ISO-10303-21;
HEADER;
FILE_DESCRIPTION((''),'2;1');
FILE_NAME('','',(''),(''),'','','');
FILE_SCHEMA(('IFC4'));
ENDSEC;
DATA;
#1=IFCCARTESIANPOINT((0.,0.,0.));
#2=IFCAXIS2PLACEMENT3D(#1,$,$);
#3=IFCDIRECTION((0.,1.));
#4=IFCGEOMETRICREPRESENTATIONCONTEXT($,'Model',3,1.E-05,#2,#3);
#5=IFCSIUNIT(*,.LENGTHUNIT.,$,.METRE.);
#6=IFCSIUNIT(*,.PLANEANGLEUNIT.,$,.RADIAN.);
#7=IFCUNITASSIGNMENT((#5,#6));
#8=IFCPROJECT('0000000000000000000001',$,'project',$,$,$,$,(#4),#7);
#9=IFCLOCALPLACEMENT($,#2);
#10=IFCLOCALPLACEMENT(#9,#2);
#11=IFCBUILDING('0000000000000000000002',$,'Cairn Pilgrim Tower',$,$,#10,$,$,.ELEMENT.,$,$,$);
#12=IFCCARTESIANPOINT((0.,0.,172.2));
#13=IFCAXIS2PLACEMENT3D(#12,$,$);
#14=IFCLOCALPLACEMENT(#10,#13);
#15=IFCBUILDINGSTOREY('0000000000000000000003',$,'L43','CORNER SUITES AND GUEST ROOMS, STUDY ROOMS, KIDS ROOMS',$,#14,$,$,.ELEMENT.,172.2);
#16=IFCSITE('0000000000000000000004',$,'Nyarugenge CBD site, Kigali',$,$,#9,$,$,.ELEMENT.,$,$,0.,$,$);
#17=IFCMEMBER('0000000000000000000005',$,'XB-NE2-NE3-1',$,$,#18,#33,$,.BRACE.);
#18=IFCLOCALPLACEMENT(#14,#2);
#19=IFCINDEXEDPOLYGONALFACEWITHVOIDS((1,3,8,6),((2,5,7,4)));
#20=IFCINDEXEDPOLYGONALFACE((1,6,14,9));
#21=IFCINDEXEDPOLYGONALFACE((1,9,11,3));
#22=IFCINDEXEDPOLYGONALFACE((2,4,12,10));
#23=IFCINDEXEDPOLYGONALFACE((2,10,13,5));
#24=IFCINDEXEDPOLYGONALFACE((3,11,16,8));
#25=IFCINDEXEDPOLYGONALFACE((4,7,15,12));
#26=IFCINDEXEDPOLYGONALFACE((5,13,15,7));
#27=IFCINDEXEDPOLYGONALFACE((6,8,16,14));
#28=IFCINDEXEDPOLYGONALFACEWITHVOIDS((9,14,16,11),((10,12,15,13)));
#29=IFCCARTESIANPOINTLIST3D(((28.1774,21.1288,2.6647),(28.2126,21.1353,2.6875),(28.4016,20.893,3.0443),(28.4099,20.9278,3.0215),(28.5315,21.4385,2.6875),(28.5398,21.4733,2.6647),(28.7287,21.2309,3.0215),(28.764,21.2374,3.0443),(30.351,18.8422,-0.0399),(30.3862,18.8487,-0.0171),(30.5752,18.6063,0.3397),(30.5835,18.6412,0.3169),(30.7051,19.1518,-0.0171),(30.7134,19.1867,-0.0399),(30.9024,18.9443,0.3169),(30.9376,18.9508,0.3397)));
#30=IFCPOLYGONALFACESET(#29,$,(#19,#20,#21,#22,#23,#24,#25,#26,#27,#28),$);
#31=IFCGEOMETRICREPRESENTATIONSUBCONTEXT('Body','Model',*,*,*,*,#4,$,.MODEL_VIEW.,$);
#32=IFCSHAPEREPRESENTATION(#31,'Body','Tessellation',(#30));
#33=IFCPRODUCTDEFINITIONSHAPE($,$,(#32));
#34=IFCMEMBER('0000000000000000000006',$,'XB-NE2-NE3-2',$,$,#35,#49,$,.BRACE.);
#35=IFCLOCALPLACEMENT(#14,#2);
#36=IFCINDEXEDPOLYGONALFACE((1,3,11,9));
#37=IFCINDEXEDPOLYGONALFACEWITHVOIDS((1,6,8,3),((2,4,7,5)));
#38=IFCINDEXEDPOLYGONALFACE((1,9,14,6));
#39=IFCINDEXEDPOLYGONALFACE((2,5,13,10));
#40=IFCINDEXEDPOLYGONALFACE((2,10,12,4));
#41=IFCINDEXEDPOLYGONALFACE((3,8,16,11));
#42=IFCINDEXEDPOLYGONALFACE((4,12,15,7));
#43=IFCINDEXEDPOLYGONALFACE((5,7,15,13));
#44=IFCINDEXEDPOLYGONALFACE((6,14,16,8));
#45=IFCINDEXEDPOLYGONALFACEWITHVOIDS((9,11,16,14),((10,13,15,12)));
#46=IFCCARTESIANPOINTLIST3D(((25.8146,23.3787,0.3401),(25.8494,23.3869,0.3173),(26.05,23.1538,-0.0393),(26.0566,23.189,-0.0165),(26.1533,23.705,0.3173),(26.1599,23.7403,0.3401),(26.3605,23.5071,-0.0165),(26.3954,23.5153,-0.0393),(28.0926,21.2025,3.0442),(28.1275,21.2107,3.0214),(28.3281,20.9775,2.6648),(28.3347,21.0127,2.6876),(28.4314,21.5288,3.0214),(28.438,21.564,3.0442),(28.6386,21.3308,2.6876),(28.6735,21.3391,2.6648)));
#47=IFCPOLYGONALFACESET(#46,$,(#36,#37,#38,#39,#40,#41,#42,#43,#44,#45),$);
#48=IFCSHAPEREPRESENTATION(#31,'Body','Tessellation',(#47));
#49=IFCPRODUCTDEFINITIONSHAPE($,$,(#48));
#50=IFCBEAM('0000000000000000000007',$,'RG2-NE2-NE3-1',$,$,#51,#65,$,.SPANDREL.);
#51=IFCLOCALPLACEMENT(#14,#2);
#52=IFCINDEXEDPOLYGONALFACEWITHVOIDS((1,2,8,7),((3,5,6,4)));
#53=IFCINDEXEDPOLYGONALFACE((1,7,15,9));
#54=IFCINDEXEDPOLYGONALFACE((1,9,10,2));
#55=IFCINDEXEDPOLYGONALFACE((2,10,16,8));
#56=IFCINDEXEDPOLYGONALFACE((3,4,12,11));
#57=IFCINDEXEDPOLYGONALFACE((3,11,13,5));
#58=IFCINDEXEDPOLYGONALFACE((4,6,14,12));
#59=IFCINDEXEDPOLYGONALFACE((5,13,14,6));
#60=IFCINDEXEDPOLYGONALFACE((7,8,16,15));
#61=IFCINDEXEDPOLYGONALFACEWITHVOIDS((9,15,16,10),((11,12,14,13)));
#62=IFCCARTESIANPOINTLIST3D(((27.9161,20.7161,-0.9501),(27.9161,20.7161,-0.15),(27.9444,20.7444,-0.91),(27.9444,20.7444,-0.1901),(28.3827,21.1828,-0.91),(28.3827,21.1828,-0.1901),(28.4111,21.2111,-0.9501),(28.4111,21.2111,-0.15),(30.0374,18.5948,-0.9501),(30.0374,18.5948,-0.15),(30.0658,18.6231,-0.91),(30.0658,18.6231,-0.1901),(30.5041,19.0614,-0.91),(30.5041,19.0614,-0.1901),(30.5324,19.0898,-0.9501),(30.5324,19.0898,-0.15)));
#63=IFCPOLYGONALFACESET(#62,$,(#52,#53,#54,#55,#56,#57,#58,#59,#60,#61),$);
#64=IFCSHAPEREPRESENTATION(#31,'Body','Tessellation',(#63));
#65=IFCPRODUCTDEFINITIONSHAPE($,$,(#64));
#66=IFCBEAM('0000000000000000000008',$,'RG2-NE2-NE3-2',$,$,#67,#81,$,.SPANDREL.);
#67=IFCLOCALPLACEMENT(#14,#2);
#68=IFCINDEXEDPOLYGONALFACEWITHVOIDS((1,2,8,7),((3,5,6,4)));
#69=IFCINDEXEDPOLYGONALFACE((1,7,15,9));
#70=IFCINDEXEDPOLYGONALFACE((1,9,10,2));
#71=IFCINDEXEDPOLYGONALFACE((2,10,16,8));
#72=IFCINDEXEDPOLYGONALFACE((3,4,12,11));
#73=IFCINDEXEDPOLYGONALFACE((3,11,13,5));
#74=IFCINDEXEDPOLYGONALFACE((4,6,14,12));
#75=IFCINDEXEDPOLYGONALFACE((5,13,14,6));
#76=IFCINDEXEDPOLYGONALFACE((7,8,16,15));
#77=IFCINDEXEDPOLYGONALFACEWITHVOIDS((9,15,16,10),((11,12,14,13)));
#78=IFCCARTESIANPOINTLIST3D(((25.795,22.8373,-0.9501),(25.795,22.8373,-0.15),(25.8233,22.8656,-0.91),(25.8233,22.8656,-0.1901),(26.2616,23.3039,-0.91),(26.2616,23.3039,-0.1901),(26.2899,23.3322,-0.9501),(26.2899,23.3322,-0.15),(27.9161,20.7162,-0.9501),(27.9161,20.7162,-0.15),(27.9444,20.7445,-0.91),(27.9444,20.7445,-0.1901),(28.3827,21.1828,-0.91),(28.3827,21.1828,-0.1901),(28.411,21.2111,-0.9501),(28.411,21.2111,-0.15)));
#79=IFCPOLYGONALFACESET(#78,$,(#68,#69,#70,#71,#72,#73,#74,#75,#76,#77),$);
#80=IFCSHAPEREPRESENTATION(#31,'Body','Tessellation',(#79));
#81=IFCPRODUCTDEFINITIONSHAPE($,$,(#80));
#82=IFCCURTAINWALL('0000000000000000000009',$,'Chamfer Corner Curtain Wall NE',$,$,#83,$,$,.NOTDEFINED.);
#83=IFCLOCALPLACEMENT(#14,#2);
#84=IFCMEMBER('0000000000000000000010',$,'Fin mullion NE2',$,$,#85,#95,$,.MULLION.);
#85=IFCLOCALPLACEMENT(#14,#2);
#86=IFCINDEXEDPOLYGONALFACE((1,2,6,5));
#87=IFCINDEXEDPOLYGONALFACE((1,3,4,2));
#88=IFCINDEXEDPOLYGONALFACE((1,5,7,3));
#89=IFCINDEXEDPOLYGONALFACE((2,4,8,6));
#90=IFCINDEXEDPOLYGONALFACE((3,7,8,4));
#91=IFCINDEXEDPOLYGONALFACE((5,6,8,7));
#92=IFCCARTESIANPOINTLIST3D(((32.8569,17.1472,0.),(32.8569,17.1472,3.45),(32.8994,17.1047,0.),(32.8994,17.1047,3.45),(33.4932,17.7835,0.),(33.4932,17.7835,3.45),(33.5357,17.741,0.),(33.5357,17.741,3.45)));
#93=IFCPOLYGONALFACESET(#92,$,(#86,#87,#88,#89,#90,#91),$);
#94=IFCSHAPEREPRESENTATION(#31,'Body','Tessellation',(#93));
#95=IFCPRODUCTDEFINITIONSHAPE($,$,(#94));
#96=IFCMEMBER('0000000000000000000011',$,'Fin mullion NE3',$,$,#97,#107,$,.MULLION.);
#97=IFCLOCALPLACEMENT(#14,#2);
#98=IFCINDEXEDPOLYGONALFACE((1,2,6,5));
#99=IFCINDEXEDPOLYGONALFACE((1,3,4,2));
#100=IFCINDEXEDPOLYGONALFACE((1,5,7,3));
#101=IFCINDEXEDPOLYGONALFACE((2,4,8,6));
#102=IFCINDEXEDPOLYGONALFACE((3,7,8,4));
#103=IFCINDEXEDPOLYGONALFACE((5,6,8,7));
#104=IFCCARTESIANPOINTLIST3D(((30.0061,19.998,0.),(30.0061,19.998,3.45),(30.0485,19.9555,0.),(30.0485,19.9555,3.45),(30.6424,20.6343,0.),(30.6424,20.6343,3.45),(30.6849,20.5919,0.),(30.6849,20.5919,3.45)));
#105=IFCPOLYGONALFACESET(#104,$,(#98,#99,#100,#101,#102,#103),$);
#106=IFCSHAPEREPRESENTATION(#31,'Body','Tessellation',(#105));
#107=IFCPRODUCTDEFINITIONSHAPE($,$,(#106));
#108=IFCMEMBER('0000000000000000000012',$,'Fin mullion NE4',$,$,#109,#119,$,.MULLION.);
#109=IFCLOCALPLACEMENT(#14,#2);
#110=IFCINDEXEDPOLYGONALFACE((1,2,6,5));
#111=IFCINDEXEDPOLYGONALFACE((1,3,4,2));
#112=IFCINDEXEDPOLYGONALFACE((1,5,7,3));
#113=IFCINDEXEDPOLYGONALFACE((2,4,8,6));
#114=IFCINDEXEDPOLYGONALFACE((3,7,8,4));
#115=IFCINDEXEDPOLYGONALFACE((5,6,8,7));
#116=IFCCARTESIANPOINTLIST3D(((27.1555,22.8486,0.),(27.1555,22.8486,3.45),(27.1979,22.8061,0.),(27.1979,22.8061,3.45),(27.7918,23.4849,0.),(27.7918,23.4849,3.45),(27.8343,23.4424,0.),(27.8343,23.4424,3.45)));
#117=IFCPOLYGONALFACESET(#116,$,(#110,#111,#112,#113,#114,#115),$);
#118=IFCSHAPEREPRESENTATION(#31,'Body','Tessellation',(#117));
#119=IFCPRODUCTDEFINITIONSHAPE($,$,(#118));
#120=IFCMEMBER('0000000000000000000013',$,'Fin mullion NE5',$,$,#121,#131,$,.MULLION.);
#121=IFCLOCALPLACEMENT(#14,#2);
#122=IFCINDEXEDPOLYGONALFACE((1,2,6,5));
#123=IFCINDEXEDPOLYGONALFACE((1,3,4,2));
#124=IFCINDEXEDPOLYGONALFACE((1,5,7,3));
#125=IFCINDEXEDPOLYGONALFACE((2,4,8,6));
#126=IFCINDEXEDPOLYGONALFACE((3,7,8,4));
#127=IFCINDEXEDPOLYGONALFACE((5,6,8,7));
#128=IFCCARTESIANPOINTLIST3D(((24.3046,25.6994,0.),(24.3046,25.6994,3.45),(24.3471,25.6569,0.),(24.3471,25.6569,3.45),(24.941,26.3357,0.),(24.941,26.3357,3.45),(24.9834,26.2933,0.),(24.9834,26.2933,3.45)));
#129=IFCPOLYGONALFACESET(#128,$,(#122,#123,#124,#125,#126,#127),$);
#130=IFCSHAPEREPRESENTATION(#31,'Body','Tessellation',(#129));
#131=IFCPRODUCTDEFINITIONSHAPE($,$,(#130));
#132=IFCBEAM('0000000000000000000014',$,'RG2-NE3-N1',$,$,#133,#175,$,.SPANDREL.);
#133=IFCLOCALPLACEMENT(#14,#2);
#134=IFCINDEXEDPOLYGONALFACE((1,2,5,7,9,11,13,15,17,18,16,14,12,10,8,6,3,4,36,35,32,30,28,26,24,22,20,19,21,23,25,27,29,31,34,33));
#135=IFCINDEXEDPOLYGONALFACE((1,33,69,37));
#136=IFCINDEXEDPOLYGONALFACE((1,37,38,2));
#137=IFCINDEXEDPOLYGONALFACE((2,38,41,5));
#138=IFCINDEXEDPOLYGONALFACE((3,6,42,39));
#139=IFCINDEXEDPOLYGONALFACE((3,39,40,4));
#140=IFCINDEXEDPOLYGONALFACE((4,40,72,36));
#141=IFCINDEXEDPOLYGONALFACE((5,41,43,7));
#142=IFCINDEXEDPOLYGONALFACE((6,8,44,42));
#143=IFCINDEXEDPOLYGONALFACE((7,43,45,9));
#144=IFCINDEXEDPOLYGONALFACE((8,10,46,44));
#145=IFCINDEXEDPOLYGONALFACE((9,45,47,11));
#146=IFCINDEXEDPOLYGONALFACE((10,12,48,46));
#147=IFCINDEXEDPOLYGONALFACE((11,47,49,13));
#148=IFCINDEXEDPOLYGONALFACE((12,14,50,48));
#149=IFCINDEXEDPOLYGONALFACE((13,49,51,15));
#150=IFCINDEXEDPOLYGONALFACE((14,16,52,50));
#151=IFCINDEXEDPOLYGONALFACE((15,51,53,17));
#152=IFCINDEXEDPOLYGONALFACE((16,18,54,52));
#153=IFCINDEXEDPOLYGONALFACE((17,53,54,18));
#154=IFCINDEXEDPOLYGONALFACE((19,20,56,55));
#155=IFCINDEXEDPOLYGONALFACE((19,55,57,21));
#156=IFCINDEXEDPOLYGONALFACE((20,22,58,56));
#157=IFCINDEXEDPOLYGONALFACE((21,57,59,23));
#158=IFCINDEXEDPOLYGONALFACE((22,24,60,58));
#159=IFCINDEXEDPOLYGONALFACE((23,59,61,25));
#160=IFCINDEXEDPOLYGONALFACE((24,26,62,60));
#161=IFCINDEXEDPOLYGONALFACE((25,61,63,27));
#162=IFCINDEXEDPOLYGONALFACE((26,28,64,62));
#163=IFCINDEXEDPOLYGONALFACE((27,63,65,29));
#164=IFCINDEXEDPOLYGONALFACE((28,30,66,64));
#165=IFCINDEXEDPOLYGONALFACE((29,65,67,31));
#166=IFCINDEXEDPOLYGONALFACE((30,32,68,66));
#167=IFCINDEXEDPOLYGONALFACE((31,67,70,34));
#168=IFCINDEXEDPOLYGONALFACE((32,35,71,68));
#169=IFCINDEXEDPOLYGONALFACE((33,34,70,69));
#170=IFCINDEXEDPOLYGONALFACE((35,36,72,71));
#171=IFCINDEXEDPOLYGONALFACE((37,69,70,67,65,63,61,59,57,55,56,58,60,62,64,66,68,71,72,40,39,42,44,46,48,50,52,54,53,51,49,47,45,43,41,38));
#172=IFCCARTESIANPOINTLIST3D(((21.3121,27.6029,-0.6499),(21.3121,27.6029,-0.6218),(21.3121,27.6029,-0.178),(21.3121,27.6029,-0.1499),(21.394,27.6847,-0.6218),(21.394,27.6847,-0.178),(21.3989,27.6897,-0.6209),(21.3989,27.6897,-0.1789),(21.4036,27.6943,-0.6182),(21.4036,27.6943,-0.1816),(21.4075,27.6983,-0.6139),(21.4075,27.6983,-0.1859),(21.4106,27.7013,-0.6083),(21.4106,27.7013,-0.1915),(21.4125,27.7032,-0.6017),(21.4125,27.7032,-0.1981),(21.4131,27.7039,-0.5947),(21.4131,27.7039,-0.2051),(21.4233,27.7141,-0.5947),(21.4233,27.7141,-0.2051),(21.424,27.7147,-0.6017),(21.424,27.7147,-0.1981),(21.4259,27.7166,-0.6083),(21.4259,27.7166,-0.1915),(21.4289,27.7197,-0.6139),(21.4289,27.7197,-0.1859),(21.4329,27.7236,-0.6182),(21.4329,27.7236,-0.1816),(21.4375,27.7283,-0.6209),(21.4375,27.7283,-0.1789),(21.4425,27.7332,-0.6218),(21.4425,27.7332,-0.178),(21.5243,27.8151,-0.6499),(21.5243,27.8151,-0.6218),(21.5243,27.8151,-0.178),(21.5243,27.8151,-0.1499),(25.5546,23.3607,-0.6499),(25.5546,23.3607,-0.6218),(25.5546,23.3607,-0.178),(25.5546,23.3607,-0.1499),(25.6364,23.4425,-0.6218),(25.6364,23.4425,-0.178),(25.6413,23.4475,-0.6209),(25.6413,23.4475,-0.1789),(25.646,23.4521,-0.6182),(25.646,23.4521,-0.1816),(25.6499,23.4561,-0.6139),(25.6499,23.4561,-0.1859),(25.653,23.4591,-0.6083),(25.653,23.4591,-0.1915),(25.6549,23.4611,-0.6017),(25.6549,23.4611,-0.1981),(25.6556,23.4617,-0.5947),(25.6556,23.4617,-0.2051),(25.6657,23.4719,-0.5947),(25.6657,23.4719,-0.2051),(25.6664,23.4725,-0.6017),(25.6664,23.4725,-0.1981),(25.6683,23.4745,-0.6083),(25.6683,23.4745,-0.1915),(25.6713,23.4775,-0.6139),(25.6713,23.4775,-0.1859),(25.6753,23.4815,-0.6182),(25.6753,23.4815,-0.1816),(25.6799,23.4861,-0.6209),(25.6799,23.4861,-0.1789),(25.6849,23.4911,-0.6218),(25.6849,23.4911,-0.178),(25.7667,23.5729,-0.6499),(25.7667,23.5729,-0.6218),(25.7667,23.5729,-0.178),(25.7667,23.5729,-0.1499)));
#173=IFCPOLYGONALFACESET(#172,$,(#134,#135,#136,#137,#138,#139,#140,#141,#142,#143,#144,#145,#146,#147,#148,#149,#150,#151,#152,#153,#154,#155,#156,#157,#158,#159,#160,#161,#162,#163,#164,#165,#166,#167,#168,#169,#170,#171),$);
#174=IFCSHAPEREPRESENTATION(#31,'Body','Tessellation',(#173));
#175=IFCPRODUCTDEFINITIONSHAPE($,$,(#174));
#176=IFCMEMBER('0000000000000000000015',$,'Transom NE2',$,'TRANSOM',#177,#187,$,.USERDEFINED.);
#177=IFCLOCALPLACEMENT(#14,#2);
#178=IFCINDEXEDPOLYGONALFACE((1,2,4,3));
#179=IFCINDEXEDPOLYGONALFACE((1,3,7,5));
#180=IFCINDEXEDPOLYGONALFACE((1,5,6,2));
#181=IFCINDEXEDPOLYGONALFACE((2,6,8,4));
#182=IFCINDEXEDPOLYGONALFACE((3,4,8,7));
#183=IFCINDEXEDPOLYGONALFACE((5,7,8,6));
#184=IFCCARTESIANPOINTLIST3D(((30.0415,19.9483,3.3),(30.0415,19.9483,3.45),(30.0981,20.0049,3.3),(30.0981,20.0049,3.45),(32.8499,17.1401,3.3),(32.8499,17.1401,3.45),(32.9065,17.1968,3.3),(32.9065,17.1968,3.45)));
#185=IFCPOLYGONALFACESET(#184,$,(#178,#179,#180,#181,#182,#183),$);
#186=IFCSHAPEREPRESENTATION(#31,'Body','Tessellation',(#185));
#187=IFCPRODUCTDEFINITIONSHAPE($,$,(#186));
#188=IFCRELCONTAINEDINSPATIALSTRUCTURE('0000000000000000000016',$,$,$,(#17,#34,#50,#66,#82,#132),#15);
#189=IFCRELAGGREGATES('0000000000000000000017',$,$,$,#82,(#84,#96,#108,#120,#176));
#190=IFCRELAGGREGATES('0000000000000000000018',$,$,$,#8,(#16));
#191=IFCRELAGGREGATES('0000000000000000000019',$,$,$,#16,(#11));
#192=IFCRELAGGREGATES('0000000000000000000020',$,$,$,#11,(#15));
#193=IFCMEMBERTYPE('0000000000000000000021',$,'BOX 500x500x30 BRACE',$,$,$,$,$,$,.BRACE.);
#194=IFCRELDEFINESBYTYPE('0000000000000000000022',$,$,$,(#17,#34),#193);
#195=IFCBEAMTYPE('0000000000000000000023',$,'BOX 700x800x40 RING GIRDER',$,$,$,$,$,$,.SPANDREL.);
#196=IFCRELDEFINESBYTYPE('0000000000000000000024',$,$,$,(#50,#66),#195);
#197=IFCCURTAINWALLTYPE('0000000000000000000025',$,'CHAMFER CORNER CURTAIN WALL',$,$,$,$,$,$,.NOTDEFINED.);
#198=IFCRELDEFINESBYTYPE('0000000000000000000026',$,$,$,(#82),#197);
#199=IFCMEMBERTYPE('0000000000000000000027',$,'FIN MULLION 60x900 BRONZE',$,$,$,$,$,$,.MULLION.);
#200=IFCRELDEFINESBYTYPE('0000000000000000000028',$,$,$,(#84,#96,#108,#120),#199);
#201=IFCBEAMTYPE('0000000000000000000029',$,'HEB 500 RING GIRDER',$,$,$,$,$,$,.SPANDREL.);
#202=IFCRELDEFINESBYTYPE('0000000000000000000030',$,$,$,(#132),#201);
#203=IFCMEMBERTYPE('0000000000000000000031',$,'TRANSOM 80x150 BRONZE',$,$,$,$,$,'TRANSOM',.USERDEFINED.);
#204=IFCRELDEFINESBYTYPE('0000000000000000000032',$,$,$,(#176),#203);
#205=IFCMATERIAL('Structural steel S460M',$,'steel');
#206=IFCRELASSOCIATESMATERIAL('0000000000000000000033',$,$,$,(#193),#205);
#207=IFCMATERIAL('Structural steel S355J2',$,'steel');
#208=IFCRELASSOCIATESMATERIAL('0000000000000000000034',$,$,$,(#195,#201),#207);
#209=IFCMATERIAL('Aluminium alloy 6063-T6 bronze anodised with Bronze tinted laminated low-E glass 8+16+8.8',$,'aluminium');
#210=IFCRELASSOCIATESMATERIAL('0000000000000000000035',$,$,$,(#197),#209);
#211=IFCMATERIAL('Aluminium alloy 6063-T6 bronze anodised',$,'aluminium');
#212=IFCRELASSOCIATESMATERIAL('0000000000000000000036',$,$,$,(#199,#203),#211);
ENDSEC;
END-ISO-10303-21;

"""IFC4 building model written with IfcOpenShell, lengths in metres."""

from ifc_helpers import new_model, si_unit, direction, frame, origin, origin_2d, place, context, subcontext, project, spatial, rectangle, hollow_rectangle, i_section, extrude, material, material_profile, profile_set, type_object, element, aggregate, save


model = new_model("IFC4")

# Units and contexts
model_context = context("Model", 3, precision=1e-05, world=origin(), true_north=direction((0.0, 1.0)))
body_context = subcontext(model_context, "Body", "Model", "MODEL_VIEW")
ifc_project = project(units=[si_unit("LENGTHUNIT", "METRE"), si_unit("PLANEANGLEUNIT", "RADIAN")], contexts=[model_context])

# Site, building, storey
site_placement = place(None, origin())
site = spatial("IfcSite", under=ifc_project, at=site_placement, Name="Nyarugenge CBD site, Kigali", CompositionType="ELEMENT", RefElevation=0.0)
building_placement = place(site_placement, origin())
building = spatial("IfcBuilding", under=site, at=building_placement, Name="Cairn Pilgrim Tower", CompositionType="ELEMENT")
storey_placement = place(building_placement, frame((0.0, 0.0, 172.2)))
storey = spatial("IfcBuildingStorey", under=building, at=storey_placement, Name="L43", Description="CORNER SUITES AND GUEST ROOMS, STUDY ROOMS, KIDS ROOMS", CompositionType="ELEMENT", Elevation=172.2)

# Shared definitions
ifc_material_1 = material(Name="Structural steel S460M", Category="steel")

# Members
ifc_material_profile_1 = material_profile(ifc_material_1, hollow_rectangle(XDim=0.5, YDim=0.5, WallThickness=0.03, at=origin_2d()), Name="BOX 500x500x30")
ifc_profile_set_1 = profile_set([ifc_material_profile_1], Name="Structural steel S460M")
member_type_1 = type_object("IfcMemberType", Name="BOX 500x500x30 BRACE", PredefinedType="BRACE", material=ifc_profile_set_1)
member_1_placement = place(storey_placement, frame((30.6443, 18.8965, 0.1499), z_axis=(-0.523066, 0.550268, 0.650851), x_axis=(-0.724795, -0.688965, 0.0)))
element("IfcMember", 1, at=member_1_placement, inside=storey, type_object=member_type_1, Name="XB-NE2-NE3-1", PredefinedType="BRACE", context=body_context, shape_type="SweptSolid", body=[
    extrude(hollow_rectangle(XDim=0.5, YDim=0.5, WallThickness=0.03, at=origin_2d()), origin(), (0.0, 0.0, 1.0), 4.1555),
])
member_2_placement = place(storey_placement, frame((26.105, 23.447, 0.1504), z_axis=(0.548688, -0.524167, 0.651299), x_axis=(0.690765, 0.723079, 0.0)))
element("IfcMember", 2, at=member_2_placement, inside=storey, type_object=member_type_1, Name="XB-NE2-NE3-2", PredefinedType="BRACE", context=body_context, shape_type="SweptSolid", body=[
    extrude(hollow_rectangle(XDim=0.5, YDim=0.5, WallThickness=0.03, at=origin_2d()), origin(), (0.0, 0.0, 1.0), 4.1519),
])

# Beams
ifc_material_2 = material(Name="Structural steel S355J2", Category="steel")
ifc_material_profile_2 = material_profile(ifc_material_2, hollow_rectangle(XDim=0.7, YDim=0.8, WallThickness=0.04, at=origin_2d()), Name="BOX 700x800x40")
ifc_profile_set_2 = profile_set([ifc_material_profile_2], Name="Structural steel S355J2")
beam_type_1 = type_object("IfcBeamType", Name="BOX 700x800x40 RING GIRDER", PredefinedType="SPANDREL", material=ifc_profile_set_2)
beam_1_placement = place(storey_placement, frame((30.2849, 18.8423, -0.55), z_axis=(-0.707107, 0.707107, 0.0), x_axis=(-0.707107, -0.707107, 0.0)))
element("IfcBeam", 3, at=beam_1_placement, inside=storey, type_object=beam_type_1, Name="RG2-NE2-NE3-1", PredefinedType="SPANDREL", context=body_context, shape_type="SweptSolid", body=[
    extrude(hollow_rectangle(XDim=0.7, YDim=0.8, WallThickness=0.04, at=origin_2d()), origin(), (0.0, 0.0, 1.0), 3.0),
])
beam_2_placement = place(storey_placement, frame((28.1636, 20.9636, -0.55), z_axis=(-0.707107, 0.707107, 0.0), x_axis=(-0.707107, -0.707107, 0.0)))
element("IfcBeam", 4, at=beam_2_placement, inside=storey, type_object=beam_type_1, Name="RG2-NE2-NE3-2", PredefinedType="SPANDREL", context=body_context, shape_type="SweptSolid", body=[
    extrude(hollow_rectangle(XDim=0.7, YDim=0.8, WallThickness=0.04, at=origin_2d()), origin(), (0.0, 0.0, 1.0), 2.9998),
])

# Curtain wall, members
ifc_material_3 = material(Name="Aluminium alloy 6063-T6 bronze anodised with Bronze tinted laminated low-E glass 8+16+8.8", Category="aluminium")
curtain_wall_type = type_object("IfcCurtainWallType", Name="CHAMFER CORNER CURTAIN WALL", PredefinedType="NOTDEFINED", material=ifc_material_3)
curtain_wall_placement = place(storey_placement, origin())
curtain_wall = element("IfcCurtainWall", 5, at=curtain_wall_placement, inside=storey, type_object=curtain_wall_type, Name="Chamfer Corner Curtain Wall NE", PredefinedType="NOTDEFINED")
ifc_material_4 = material(Name="Aluminium alloy 6063-T6 bronze anodised", Category="aluminium")
ifc_material_profile_3 = material_profile(ifc_material_4, rectangle(XDim=0.8999, YDim=0.0601, at=origin_2d()), Name="FIN MULLION 60x900 BRONZE")
ifc_profile_set_3 = profile_set([ifc_material_profile_3], Name="Aluminium alloy 6063-T6 bronze anodised")
member_type_2 = type_object("IfcMemberType", Name="FIN MULLION 60x900 BRONZE", PredefinedType="MULLION", material=ifc_profile_set_3)
member_3_placement = place(storey_placement, frame((33.1963, 17.4441, 0.0), z_axis=(0.0, 0.0, 1.0), x_axis=(0.707107, 0.707107, 0.0)))
member_3 = element("IfcMember", 6, at=member_3_placement, type_object=member_type_2, Name="Fin mullion NE2", PredefinedType="MULLION", context=body_context, shape_type="SweptSolid", body=[
    extrude(rectangle(XDim=0.8999, YDim=0.0601, at=origin_2d()), origin(), (0.0, 0.0, 1.0), 3.45),
])
member_4_placement = place(storey_placement, frame((30.3455, 20.2949, 0.0), z_axis=(0.0, 0.0, 1.0), x_axis=(0.707107, 0.707107, 0.0)))
member_4 = element("IfcMember", 7, at=member_4_placement, type_object=member_type_2, Name="Fin mullion NE3", PredefinedType="MULLION", context=body_context, shape_type="SweptSolid", body=[
    extrude(rectangle(XDim=0.8999, YDim=0.0601, at=origin_2d()), origin(), (0.0, 0.0, 1.0), 3.45),
])
member_5_placement = place(storey_placement, frame((27.4949, 23.1455, 0.0), z_axis=(0.0, 0.0, 1.0), x_axis=(0.707107, 0.707107, 0.0)))
member_5 = element("IfcMember", 8, at=member_5_placement, type_object=member_type_2, Name="Fin mullion NE4", PredefinedType="MULLION", context=body_context, shape_type="SweptSolid", body=[
    extrude(rectangle(XDim=0.8999, YDim=0.0601, at=origin_2d()), origin(), (0.0, 0.0, 1.0), 3.45),
])
member_6_placement = place(storey_placement, frame((24.644, 25.9963, 0.0), z_axis=(0.0, 0.0, 1.0), x_axis=(0.707107, 0.707107, 0.0)))
member_6 = element("IfcMember", 9, at=member_6_placement, type_object=member_type_2, Name="Fin mullion NE5", PredefinedType="MULLION", context=body_context, shape_type="SweptSolid", body=[
    extrude(rectangle(XDim=0.8999, YDim=0.0601, at=origin_2d()), origin(), (0.0, 0.0, 1.0), 3.45),
])

# Beam
ifc_material_profile_4 = material_profile(ifc_material_2, i_section(OverallWidth=0.3, OverallDepth=0.5, WebThickness=0.0144, FlangeThickness=0.0281, FilletRadius=0.0271, at=origin_2d()), Name="HEB 500")
ifc_profile_set_4 = profile_set([ifc_material_profile_4], Name="Structural steel S355J2")
beam_type_2 = type_object("IfcBeamType", Name="HEB 500 RING GIRDER", PredefinedType="SPANDREL", material=ifc_profile_set_4)
beam_3_placement = place(storey_placement, frame((25.6606, 23.4668, -0.3999), z_axis=(-0.707127, 0.707086, 0.0), x_axis=(-0.707086, -0.707127, 0.0)))
element("IfcBeam", 10, at=beam_3_placement, inside=storey, type_object=beam_type_2, Name="RG2-NE3-N1", PredefinedType="SPANDREL", context=body_context, shape_type="SweptSolid", body=[
    extrude(i_section(OverallWidth=0.3, OverallDepth=0.5, WebThickness=0.0144, FlangeThickness=0.0281, FilletRadius=0.0271, at=origin_2d()), origin(), (0.0, 0.0, 1.0), 5.9995),
])

# Member
ifc_material_profile_5 = material_profile(ifc_material_4, rectangle(XDim=0.0801, YDim=0.1499, at=origin_2d()), Name="TRANSOM 80x150 BRONZE")
ifc_profile_set_5 = profile_set([ifc_material_profile_5], Name="Aluminium alloy 6063-T6 bronze anodised")
member_type_3 = type_object("IfcMemberType", Name="TRANSOM 80x150 BRONZE", ElementType="TRANSOM", PredefinedType="USERDEFINED", material=ifc_profile_set_5)
member_7_placement = place(storey_placement, frame((32.8782, 17.1685, 3.375), z_axis=(-0.707138, 0.707076, 0.0), x_axis=(-0.707076, -0.707138, 0.0)))
member_7 = element("IfcMember", 11, at=member_7_placement, type_object=member_type_3, Name="Transom NE2", ObjectType="TRANSOM", PredefinedType="USERDEFINED", context=body_context, shape_type="SweptSolid", body=[
    extrude(rectangle(XDim=0.0801, YDim=0.1499, at=origin_2d()), origin(), (0.0, 0.0, 1.0), 3.9714),
])

aggregate(curtain_wall, [member_3, member_4, member_5, member_6, member_7])

save(model, "model.ifc")
